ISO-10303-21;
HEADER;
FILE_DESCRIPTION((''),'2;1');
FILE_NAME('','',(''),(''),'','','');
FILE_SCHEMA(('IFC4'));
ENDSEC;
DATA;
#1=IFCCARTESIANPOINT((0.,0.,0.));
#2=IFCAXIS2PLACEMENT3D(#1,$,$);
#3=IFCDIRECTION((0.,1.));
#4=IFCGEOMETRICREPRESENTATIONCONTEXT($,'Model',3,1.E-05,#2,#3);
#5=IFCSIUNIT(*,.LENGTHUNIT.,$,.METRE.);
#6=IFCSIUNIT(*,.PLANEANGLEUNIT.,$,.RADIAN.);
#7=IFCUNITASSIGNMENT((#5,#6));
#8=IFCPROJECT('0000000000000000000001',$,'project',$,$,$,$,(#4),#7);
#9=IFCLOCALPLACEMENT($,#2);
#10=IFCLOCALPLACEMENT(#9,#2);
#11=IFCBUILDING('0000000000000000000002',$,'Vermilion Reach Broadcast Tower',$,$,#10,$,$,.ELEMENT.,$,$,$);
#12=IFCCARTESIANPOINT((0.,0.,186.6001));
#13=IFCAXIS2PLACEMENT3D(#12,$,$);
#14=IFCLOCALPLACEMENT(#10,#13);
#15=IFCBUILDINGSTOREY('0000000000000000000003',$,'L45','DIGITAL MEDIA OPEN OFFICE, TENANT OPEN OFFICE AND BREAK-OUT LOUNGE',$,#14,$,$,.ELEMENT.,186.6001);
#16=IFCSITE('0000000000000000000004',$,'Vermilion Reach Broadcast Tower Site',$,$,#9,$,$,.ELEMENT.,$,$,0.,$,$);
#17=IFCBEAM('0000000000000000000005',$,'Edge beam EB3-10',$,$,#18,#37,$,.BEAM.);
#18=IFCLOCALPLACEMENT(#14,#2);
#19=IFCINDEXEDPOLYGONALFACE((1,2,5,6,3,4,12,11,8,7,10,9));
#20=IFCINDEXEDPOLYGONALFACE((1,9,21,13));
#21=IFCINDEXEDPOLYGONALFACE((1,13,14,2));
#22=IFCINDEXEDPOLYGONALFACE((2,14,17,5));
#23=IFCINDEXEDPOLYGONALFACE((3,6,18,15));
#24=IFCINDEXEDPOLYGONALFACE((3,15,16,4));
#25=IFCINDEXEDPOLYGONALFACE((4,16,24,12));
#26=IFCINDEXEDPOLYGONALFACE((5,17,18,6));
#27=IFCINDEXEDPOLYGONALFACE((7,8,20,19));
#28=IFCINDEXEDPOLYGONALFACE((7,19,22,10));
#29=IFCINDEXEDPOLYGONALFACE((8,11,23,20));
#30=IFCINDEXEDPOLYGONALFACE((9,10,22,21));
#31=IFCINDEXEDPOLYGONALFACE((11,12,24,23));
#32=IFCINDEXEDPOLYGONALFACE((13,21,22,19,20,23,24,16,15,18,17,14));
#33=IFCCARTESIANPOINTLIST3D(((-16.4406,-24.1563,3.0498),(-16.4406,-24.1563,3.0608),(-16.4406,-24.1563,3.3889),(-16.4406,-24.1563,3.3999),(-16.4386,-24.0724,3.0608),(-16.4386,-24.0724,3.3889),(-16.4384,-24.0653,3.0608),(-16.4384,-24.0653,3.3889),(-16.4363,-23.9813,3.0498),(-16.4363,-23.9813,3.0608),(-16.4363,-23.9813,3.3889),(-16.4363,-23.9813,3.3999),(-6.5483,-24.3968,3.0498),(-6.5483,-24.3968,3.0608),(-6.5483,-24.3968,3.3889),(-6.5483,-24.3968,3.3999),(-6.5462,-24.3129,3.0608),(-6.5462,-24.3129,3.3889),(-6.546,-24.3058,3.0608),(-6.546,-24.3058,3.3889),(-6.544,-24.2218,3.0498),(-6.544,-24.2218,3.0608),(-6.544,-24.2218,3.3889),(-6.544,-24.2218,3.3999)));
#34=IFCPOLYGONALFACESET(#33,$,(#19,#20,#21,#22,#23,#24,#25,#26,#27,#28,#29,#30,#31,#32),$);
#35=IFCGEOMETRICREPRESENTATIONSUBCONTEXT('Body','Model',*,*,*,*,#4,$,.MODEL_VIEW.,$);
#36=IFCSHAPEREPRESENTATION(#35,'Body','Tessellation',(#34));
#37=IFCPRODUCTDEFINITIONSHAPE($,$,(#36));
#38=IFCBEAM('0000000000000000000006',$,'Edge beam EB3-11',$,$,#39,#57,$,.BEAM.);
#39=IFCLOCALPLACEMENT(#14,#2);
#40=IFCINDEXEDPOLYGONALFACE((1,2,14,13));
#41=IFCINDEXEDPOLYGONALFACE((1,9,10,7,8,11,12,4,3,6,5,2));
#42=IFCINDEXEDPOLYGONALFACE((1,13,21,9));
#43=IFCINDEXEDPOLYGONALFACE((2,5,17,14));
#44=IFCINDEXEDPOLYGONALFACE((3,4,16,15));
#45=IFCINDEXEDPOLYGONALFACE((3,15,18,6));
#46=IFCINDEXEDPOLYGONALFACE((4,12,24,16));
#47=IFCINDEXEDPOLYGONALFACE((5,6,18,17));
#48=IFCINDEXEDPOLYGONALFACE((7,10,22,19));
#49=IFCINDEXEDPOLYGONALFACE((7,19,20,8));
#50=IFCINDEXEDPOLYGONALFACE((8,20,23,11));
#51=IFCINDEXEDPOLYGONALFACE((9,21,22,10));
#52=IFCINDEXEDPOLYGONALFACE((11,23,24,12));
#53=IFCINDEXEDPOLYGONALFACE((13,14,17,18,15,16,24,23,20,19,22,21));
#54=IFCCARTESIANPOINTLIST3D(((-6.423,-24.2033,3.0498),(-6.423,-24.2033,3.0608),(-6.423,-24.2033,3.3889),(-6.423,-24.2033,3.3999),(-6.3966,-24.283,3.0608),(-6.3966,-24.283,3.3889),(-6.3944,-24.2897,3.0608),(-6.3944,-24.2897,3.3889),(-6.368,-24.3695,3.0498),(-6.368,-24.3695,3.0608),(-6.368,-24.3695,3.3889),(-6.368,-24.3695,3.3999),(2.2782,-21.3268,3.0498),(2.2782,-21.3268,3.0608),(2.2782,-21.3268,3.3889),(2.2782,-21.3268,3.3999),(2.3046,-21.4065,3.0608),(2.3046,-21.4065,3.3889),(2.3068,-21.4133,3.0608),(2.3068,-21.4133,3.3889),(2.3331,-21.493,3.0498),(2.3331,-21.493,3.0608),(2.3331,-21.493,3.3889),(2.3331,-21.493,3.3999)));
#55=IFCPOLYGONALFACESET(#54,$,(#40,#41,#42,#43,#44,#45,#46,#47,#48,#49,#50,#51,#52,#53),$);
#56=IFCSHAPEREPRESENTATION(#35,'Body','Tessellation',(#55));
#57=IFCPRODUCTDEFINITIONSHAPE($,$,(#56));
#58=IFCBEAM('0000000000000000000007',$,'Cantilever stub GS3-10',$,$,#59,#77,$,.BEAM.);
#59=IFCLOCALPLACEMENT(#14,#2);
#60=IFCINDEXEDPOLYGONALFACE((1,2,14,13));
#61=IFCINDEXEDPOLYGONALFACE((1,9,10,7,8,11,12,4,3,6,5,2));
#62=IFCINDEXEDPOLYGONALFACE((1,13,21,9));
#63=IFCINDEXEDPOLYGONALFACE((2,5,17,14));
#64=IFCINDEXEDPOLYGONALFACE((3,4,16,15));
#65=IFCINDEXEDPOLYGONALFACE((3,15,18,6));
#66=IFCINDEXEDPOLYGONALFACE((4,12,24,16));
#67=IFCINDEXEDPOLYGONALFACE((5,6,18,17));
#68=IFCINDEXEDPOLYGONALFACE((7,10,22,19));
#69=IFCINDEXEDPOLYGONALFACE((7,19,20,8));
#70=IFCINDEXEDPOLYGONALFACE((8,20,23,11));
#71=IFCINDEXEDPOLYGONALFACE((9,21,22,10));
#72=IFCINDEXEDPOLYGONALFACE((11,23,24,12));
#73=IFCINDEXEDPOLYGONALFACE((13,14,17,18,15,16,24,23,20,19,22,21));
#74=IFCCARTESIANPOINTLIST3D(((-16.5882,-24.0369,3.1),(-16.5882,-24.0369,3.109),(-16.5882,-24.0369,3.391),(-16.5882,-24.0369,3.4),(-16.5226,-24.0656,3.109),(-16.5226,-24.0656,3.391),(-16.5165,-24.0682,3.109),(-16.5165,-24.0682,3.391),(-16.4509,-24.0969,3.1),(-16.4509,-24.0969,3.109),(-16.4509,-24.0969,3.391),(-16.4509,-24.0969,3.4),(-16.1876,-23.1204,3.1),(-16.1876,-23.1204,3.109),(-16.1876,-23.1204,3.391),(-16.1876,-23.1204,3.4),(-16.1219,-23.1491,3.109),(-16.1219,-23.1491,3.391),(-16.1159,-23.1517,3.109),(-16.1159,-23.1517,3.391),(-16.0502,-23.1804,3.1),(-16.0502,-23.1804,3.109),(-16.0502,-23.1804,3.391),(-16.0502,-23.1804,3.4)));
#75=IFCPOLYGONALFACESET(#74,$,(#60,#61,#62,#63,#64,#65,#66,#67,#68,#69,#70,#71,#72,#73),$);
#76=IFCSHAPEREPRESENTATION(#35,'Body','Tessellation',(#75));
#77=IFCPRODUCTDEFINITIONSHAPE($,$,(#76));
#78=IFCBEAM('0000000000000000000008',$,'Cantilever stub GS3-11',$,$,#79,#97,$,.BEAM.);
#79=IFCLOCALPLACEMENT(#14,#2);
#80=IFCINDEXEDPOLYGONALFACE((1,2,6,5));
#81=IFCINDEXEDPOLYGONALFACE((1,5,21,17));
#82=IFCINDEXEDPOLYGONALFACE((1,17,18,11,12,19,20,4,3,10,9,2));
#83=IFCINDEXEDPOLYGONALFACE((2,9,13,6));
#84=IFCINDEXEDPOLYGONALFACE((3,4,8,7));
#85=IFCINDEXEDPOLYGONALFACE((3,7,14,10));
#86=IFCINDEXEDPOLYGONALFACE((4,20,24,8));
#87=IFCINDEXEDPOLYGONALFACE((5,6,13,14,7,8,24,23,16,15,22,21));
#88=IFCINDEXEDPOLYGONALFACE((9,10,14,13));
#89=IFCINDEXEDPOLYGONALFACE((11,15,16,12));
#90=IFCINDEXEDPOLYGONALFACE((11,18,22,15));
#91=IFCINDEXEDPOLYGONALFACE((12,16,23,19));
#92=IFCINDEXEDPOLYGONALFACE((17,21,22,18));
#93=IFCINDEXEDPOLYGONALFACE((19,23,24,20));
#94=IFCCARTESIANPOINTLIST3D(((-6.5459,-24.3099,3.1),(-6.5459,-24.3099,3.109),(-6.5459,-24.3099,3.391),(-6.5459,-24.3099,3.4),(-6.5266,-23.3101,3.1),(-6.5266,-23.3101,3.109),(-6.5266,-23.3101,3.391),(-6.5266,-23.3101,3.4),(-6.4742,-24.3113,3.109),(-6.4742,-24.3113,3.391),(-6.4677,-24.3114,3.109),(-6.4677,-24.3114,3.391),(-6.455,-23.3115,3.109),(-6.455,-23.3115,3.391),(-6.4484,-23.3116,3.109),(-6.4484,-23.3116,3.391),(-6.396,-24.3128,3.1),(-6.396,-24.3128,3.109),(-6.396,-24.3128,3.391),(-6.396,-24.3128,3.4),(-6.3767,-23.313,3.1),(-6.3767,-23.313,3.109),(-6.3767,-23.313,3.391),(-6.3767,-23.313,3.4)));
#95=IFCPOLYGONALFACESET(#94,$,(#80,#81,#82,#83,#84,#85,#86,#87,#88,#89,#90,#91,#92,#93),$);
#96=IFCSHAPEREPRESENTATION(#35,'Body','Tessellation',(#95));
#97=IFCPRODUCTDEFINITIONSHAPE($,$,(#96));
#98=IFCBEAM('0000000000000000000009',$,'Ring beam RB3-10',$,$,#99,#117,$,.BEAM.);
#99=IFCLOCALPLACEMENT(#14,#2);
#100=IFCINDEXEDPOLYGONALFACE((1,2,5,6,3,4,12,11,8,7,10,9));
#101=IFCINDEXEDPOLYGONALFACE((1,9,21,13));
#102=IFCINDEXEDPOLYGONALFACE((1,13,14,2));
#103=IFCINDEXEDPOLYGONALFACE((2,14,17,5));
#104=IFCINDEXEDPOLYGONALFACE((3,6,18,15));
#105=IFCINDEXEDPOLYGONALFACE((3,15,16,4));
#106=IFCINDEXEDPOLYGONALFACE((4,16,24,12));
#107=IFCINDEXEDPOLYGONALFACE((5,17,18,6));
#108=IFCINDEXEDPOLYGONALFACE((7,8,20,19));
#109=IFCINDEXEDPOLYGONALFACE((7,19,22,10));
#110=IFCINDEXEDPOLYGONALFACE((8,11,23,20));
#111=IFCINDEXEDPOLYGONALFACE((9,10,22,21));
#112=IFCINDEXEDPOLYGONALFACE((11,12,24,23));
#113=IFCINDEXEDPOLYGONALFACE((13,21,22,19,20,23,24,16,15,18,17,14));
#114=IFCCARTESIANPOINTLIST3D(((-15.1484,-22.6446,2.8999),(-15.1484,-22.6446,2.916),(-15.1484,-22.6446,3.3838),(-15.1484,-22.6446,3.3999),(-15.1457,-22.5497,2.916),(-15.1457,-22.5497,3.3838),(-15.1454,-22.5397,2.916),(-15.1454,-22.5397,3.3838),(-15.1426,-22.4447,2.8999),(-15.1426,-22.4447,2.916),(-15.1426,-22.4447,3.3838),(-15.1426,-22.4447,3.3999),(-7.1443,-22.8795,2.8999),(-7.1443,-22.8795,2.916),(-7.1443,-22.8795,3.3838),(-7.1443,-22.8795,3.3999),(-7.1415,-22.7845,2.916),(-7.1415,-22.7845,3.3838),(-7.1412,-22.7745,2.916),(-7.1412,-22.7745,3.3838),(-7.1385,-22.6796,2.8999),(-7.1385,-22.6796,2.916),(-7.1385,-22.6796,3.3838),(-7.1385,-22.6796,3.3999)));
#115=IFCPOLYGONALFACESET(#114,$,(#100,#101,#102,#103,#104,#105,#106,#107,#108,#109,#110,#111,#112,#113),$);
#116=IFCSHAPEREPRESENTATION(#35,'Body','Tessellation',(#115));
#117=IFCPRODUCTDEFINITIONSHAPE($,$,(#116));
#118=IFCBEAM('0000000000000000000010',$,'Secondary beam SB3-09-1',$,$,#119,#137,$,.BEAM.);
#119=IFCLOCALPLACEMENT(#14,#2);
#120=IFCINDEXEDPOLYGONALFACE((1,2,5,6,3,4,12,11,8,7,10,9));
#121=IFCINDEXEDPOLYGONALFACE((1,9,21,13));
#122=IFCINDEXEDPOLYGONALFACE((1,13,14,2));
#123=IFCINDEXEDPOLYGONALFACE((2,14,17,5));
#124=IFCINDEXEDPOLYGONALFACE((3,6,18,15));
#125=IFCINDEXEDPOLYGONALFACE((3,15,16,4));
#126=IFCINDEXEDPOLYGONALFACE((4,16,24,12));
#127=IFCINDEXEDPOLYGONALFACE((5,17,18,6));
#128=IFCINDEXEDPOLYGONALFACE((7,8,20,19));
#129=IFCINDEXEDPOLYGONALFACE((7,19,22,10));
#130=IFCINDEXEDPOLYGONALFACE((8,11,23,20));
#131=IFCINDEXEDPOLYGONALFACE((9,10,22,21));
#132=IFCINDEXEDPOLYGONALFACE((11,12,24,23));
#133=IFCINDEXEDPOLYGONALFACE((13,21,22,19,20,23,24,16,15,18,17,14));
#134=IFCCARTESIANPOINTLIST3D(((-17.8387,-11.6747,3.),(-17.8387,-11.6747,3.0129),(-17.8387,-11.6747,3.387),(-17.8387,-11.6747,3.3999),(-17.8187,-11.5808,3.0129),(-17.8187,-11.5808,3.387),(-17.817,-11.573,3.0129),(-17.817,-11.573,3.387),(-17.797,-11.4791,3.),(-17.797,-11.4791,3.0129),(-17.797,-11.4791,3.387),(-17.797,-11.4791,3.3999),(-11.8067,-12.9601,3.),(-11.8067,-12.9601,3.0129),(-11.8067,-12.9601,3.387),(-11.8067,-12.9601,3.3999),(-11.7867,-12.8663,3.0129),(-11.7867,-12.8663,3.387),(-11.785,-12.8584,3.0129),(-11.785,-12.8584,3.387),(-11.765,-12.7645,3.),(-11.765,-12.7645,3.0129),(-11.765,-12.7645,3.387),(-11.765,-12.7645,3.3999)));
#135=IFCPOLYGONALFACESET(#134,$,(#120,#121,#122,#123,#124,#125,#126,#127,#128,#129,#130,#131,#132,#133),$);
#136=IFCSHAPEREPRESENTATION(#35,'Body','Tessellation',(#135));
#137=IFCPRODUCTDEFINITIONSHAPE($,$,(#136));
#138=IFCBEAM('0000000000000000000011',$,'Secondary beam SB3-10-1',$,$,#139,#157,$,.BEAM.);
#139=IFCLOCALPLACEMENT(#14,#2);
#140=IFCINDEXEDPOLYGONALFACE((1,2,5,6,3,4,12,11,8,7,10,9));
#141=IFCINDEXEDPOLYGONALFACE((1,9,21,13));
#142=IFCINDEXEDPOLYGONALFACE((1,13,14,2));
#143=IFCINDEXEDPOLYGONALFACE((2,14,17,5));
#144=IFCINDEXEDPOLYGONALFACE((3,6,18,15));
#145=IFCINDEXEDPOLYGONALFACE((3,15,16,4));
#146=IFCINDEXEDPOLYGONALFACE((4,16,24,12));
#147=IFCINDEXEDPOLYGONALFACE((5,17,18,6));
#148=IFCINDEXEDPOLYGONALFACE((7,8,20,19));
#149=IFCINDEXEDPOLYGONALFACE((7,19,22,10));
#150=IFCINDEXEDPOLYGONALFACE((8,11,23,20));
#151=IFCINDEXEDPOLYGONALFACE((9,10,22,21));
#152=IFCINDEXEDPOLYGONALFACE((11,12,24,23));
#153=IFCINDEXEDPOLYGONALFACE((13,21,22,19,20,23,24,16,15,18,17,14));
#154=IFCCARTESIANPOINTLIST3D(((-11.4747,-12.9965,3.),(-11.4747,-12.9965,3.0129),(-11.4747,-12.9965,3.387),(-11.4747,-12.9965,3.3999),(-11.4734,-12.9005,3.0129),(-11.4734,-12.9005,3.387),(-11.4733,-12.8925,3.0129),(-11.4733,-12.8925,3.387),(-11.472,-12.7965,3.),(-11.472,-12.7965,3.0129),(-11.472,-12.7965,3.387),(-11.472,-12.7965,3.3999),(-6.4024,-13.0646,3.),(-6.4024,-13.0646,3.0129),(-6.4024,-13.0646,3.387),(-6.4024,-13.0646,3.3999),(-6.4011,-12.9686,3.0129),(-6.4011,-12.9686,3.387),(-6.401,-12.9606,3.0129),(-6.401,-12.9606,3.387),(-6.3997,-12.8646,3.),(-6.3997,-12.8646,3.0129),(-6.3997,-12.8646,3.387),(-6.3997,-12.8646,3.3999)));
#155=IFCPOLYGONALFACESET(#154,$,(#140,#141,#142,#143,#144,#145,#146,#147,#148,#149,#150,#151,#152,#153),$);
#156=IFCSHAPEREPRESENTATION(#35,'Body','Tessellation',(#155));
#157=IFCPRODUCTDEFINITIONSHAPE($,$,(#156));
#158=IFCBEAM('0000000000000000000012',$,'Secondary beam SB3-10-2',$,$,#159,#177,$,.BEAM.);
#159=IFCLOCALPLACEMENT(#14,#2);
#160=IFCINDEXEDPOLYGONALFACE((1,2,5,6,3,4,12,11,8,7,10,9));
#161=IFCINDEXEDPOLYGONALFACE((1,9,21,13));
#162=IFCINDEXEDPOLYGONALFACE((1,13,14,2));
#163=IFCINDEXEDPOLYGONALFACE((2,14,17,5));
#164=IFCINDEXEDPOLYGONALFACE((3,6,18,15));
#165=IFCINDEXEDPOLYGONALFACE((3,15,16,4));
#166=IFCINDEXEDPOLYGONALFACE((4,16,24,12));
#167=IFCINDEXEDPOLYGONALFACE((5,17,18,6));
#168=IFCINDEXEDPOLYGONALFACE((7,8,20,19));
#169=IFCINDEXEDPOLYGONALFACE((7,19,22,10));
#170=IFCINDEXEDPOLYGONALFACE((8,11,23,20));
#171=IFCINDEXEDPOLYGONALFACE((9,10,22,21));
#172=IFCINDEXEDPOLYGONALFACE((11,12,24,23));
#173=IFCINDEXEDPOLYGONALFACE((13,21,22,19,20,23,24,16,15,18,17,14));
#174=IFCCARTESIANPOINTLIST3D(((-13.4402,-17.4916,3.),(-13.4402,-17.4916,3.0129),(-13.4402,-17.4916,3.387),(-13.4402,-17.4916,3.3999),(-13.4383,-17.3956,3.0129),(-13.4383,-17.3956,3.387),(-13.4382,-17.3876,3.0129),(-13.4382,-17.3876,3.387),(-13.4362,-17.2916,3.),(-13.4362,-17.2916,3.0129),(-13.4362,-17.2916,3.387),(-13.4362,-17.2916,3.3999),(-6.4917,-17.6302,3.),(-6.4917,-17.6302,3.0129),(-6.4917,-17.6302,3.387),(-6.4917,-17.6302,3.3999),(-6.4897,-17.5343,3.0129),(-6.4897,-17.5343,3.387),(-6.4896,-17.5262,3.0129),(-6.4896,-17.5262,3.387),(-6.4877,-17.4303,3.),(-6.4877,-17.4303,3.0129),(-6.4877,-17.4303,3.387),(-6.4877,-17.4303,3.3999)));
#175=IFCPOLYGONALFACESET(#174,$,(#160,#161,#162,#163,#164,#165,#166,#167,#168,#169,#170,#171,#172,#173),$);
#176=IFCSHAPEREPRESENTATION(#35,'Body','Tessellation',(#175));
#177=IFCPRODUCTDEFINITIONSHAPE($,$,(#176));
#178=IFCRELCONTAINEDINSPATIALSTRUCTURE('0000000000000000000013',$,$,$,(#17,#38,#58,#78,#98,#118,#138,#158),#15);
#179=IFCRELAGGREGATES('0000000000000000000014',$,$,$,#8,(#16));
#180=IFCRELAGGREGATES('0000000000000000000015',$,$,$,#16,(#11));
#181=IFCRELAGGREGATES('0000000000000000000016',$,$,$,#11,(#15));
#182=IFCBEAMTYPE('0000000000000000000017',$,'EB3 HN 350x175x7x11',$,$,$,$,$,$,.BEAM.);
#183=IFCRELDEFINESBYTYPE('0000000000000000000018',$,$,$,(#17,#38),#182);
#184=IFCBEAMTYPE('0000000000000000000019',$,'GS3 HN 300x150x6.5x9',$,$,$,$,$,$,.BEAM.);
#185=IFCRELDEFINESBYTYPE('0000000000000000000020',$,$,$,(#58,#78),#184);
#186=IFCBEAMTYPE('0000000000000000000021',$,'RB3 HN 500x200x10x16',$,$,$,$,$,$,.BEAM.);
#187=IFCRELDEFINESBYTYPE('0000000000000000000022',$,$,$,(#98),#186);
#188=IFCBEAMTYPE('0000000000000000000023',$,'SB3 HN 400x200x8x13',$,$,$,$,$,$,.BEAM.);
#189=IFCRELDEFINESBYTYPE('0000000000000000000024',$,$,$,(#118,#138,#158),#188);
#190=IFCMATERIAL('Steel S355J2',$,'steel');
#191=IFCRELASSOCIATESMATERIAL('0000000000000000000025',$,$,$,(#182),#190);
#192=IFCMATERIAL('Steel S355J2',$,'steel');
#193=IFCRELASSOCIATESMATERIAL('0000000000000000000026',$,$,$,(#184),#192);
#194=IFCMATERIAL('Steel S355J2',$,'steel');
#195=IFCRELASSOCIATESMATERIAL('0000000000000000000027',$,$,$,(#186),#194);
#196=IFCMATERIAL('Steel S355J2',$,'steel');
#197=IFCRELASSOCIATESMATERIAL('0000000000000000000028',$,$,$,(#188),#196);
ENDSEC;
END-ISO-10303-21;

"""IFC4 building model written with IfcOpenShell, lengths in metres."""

from ifc_helpers import new_model, si_unit, direction, frame, origin, origin_2d, place, context, subcontext, project, spatial, i_section, extrude, material, material_profile, profile_set, type_object, element, save


model = new_model("IFC4")

# Units and contexts
model_context = context("Model", 3, precision=1e-05, world=origin(), true_north=direction((0.0, 1.0)))
body_context = subcontext(model_context, "Body", "Model", "MODEL_VIEW")
ifc_project = project(units=[si_unit("LENGTHUNIT", "METRE"), si_unit("PLANEANGLEUNIT", "RADIAN")], contexts=[model_context])

# Site, building, storey
site_placement = place(None, origin())
site = spatial("IfcSite", under=ifc_project, at=site_placement, Name="Vermilion Reach Broadcast Tower Site", CompositionType="ELEMENT", RefElevation=0.0)
building_placement = place(site_placement, origin())
building = spatial("IfcBuilding", under=site, at=building_placement, Name="Vermilion Reach Broadcast Tower", CompositionType="ELEMENT")
storey_placement = place(building_placement, frame((0.0, 0.0, 186.6001)))
storey = spatial("IfcBuildingStorey", under=building, at=storey_placement, Name="L45", Description="DIGITAL MEDIA OPEN OFFICE, TENANT OPEN OFFICE AND BREAK-OUT LOUNGE", CompositionType="ELEMENT", Elevation=186.6001)

# Beams
ifc_material_1 = material(Name="Steel S355J2", Category="steel")
ifc_material_profile_1 = material_profile(ifc_material_1, i_section(OverallWidth=0.175, OverallDepth=0.3501, WebThickness=0.0071, FlangeThickness=0.011, at=origin_2d()), Name="S355J2 HN 350x175x7x11")
ifc_profile_set_1 = profile_set([ifc_material_profile_1], Name="Steel S355J2")
beam_type_1 = type_object("IfcBeamType", Name="EB3 HN 350x175x7x11", PredefinedType="BEAM", material=ifc_profile_set_1)
beam_1_placement = place(storey_placement, frame((-16.4385, -24.0688, 3.2249), z_axis=(0.999705, -0.024302, 0.0), x_axis=(0.024302, 0.999705, 0.0)))
element("IfcBeam", 1, at=beam_1_placement, inside=storey, type_object=beam_type_1, Name="Edge beam EB3-10", PredefinedType="BEAM", context=body_context, shape_type="SweptSolid", body=[
    extrude(i_section(OverallWidth=0.175, OverallDepth=0.3501, WebThickness=0.0071, FlangeThickness=0.011, at=origin_2d()), origin(), (0.0, 0.0, 1.0), 9.8953),
])
beam_2_placement = place(storey_placement, frame((-6.3955, -24.2864, 3.2249), z_axis=(0.949464, 0.313877, 0.0), x_axis=(-0.313877, 0.949464, 0.0)))
element("IfcBeam", 2, at=beam_2_placement, inside=storey, type_object=beam_type_1, Name="Edge beam EB3-11", PredefinedType="BEAM", context=body_context, shape_type="SweptSolid", body=[
    extrude(i_section(OverallWidth=0.175, OverallDepth=0.3501, WebThickness=0.0071, FlangeThickness=0.011, at=origin_2d()), origin(), (0.0, 0.0, 1.0), 9.1643),
])
ifc_material_2 = material(Name="Steel S355J2", Category="steel")
ifc_material_profile_2 = material_profile(ifc_material_2, i_section(OverallWidth=0.1499, OverallDepth=0.3, WebThickness=0.0066, FlangeThickness=0.009, at=origin_2d()), Name="S355J2 HN 300x150x6.5x9")
ifc_profile_set_2 = profile_set([ifc_material_profile_2], Name="Steel S355J2")
beam_type_2 = type_object("IfcBeamType", Name="GS3 HN 300x150x6.5x9", PredefinedType="BEAM", material=ifc_profile_set_2)
beam_3_placement = place(storey_placement, frame((-16.1189, -23.1504, 3.25), z_axis=(-0.400537, -0.916281, 0.0), x_axis=(0.916281, -0.400537, 0.0)))
element("IfcBeam", 3, at=beam_3_placement, inside=storey, type_object=beam_type_2, Name="Cantilever stub GS3-10", PredefinedType="BEAM", context=body_context, shape_type="SweptSolid", body=[
    extrude(i_section(OverallWidth=0.1499, OverallDepth=0.3, WebThickness=0.0066, FlangeThickness=0.009, at=origin_2d()), origin(), (0.0, 0.0, 1.0), 1.0002),
])
beam_4_placement = place(storey_placement, frame((-6.4517, -23.3115, 3.25), z_axis=(-0.019288, -0.999814, 0.0), x_axis=(0.999814, -0.019288, 0.0)))
element("IfcBeam", 4, at=beam_4_placement, inside=storey, type_object=beam_type_2, Name="Cantilever stub GS3-11", PredefinedType="BEAM", context=body_context, shape_type="SweptSolid", body=[
    extrude(i_section(OverallWidth=0.1499, OverallDepth=0.3, WebThickness=0.0066, FlangeThickness=0.009, at=origin_2d()), origin(), (0.0, 0.0, 1.0), 1.0),
])
ifc_material_3 = material(Name="Steel S355J2", Category="steel")
ifc_material_profile_3 = material_profile(ifc_material_3, i_section(OverallWidth=0.2, OverallDepth=0.5, WebThickness=0.01, FlangeThickness=0.0161, at=origin_2d()), Name="S355J2 HN 500x200x10x16")
ifc_profile_set_3 = profile_set([ifc_material_profile_3], Name="Steel S355J2")
beam_type_3 = type_object("IfcBeamType", Name="RB3 HN 500x200x10x16", PredefinedType="BEAM", material=ifc_profile_set_3)
beam_5_placement = place(storey_placement, frame((-15.1455, -22.5447, 3.1499), z_axis=(0.99957, -0.02933, 0.0), x_axis=(0.02933, 0.99957, 0.0)))
element("IfcBeam", 5, at=beam_5_placement, inside=storey, type_object=beam_type_3, Name="Ring beam RB3-10", PredefinedType="BEAM", context=body_context, shape_type="SweptSolid", body=[
    extrude(i_section(OverallWidth=0.2, OverallDepth=0.5, WebThickness=0.01, FlangeThickness=0.0161, at=origin_2d()), origin(), (0.0, 0.0, 1.0), 8.0076),
])
ifc_material_4 = material(Name="Steel S355J2", Category="steel")
ifc_material_profile_4 = material_profile(ifc_material_4, i_section(OverallWidth=0.2, OverallDepth=0.3999, WebThickness=0.0081, FlangeThickness=0.0129, at=origin_2d()), Name="S355J2 HN 400x200x8x13")
ifc_profile_set_4 = profile_set([ifc_material_profile_4], Name="Steel S355J2")
beam_type_4 = type_object("IfcBeamType", Name="SB3 HN 400x200x8x13", PredefinedType="BEAM", material=ifc_profile_set_4)
beam_6_placement = place(storey_placement, frame((-17.8179, -11.5769, 3.2), z_axis=(0.97804, -0.208418, 0.0), x_axis=(0.208418, 0.97804, 0.0)))
element("IfcBeam", 6, at=beam_6_placement, inside=storey, type_object=beam_type_4, Name="Secondary beam SB3-09-1", PredefinedType="BEAM", context=body_context, shape_type="SweptSolid", body=[
    extrude(i_section(OverallWidth=0.2, OverallDepth=0.3999, WebThickness=0.0081, FlangeThickness=0.0129, at=origin_2d()), origin(), (0.0, 0.0, 1.0), 6.1675),
])
beam_7_placement = place(storey_placement, frame((-11.4734, -12.8965, 3.2), z_axis=(0.99991, -0.013428, 0.0), x_axis=(0.013428, 0.99991, 0.0)))
element("IfcBeam", 7, at=beam_7_placement, inside=storey, type_object=beam_type_4, Name="Secondary beam SB3-10-1", PredefinedType="BEAM", context=body_context, shape_type="SweptSolid", body=[
    extrude(i_section(OverallWidth=0.2, OverallDepth=0.3999, WebThickness=0.0081, FlangeThickness=0.0129, at=origin_2d()), origin(), (0.0, 0.0, 1.0), 5.0728),
])
beam_8_placement = place(storey_placement, frame((-13.4382, -17.3916, 3.2), z_axis=(0.999801, -0.019953, 0.0), x_axis=(0.019953, 0.999801, 0.0)))
element("IfcBeam", 8, at=beam_8_placement, inside=storey, type_object=beam_type_4, Name="Secondary beam SB3-10-2", PredefinedType="BEAM", context=body_context, shape_type="SweptSolid", body=[
    extrude(i_section(OverallWidth=0.2, OverallDepth=0.3999, WebThickness=0.0081, FlangeThickness=0.0129, at=origin_2d()), origin(), (0.0, 0.0, 1.0), 6.95),
])

save(model, "model.ifc")
